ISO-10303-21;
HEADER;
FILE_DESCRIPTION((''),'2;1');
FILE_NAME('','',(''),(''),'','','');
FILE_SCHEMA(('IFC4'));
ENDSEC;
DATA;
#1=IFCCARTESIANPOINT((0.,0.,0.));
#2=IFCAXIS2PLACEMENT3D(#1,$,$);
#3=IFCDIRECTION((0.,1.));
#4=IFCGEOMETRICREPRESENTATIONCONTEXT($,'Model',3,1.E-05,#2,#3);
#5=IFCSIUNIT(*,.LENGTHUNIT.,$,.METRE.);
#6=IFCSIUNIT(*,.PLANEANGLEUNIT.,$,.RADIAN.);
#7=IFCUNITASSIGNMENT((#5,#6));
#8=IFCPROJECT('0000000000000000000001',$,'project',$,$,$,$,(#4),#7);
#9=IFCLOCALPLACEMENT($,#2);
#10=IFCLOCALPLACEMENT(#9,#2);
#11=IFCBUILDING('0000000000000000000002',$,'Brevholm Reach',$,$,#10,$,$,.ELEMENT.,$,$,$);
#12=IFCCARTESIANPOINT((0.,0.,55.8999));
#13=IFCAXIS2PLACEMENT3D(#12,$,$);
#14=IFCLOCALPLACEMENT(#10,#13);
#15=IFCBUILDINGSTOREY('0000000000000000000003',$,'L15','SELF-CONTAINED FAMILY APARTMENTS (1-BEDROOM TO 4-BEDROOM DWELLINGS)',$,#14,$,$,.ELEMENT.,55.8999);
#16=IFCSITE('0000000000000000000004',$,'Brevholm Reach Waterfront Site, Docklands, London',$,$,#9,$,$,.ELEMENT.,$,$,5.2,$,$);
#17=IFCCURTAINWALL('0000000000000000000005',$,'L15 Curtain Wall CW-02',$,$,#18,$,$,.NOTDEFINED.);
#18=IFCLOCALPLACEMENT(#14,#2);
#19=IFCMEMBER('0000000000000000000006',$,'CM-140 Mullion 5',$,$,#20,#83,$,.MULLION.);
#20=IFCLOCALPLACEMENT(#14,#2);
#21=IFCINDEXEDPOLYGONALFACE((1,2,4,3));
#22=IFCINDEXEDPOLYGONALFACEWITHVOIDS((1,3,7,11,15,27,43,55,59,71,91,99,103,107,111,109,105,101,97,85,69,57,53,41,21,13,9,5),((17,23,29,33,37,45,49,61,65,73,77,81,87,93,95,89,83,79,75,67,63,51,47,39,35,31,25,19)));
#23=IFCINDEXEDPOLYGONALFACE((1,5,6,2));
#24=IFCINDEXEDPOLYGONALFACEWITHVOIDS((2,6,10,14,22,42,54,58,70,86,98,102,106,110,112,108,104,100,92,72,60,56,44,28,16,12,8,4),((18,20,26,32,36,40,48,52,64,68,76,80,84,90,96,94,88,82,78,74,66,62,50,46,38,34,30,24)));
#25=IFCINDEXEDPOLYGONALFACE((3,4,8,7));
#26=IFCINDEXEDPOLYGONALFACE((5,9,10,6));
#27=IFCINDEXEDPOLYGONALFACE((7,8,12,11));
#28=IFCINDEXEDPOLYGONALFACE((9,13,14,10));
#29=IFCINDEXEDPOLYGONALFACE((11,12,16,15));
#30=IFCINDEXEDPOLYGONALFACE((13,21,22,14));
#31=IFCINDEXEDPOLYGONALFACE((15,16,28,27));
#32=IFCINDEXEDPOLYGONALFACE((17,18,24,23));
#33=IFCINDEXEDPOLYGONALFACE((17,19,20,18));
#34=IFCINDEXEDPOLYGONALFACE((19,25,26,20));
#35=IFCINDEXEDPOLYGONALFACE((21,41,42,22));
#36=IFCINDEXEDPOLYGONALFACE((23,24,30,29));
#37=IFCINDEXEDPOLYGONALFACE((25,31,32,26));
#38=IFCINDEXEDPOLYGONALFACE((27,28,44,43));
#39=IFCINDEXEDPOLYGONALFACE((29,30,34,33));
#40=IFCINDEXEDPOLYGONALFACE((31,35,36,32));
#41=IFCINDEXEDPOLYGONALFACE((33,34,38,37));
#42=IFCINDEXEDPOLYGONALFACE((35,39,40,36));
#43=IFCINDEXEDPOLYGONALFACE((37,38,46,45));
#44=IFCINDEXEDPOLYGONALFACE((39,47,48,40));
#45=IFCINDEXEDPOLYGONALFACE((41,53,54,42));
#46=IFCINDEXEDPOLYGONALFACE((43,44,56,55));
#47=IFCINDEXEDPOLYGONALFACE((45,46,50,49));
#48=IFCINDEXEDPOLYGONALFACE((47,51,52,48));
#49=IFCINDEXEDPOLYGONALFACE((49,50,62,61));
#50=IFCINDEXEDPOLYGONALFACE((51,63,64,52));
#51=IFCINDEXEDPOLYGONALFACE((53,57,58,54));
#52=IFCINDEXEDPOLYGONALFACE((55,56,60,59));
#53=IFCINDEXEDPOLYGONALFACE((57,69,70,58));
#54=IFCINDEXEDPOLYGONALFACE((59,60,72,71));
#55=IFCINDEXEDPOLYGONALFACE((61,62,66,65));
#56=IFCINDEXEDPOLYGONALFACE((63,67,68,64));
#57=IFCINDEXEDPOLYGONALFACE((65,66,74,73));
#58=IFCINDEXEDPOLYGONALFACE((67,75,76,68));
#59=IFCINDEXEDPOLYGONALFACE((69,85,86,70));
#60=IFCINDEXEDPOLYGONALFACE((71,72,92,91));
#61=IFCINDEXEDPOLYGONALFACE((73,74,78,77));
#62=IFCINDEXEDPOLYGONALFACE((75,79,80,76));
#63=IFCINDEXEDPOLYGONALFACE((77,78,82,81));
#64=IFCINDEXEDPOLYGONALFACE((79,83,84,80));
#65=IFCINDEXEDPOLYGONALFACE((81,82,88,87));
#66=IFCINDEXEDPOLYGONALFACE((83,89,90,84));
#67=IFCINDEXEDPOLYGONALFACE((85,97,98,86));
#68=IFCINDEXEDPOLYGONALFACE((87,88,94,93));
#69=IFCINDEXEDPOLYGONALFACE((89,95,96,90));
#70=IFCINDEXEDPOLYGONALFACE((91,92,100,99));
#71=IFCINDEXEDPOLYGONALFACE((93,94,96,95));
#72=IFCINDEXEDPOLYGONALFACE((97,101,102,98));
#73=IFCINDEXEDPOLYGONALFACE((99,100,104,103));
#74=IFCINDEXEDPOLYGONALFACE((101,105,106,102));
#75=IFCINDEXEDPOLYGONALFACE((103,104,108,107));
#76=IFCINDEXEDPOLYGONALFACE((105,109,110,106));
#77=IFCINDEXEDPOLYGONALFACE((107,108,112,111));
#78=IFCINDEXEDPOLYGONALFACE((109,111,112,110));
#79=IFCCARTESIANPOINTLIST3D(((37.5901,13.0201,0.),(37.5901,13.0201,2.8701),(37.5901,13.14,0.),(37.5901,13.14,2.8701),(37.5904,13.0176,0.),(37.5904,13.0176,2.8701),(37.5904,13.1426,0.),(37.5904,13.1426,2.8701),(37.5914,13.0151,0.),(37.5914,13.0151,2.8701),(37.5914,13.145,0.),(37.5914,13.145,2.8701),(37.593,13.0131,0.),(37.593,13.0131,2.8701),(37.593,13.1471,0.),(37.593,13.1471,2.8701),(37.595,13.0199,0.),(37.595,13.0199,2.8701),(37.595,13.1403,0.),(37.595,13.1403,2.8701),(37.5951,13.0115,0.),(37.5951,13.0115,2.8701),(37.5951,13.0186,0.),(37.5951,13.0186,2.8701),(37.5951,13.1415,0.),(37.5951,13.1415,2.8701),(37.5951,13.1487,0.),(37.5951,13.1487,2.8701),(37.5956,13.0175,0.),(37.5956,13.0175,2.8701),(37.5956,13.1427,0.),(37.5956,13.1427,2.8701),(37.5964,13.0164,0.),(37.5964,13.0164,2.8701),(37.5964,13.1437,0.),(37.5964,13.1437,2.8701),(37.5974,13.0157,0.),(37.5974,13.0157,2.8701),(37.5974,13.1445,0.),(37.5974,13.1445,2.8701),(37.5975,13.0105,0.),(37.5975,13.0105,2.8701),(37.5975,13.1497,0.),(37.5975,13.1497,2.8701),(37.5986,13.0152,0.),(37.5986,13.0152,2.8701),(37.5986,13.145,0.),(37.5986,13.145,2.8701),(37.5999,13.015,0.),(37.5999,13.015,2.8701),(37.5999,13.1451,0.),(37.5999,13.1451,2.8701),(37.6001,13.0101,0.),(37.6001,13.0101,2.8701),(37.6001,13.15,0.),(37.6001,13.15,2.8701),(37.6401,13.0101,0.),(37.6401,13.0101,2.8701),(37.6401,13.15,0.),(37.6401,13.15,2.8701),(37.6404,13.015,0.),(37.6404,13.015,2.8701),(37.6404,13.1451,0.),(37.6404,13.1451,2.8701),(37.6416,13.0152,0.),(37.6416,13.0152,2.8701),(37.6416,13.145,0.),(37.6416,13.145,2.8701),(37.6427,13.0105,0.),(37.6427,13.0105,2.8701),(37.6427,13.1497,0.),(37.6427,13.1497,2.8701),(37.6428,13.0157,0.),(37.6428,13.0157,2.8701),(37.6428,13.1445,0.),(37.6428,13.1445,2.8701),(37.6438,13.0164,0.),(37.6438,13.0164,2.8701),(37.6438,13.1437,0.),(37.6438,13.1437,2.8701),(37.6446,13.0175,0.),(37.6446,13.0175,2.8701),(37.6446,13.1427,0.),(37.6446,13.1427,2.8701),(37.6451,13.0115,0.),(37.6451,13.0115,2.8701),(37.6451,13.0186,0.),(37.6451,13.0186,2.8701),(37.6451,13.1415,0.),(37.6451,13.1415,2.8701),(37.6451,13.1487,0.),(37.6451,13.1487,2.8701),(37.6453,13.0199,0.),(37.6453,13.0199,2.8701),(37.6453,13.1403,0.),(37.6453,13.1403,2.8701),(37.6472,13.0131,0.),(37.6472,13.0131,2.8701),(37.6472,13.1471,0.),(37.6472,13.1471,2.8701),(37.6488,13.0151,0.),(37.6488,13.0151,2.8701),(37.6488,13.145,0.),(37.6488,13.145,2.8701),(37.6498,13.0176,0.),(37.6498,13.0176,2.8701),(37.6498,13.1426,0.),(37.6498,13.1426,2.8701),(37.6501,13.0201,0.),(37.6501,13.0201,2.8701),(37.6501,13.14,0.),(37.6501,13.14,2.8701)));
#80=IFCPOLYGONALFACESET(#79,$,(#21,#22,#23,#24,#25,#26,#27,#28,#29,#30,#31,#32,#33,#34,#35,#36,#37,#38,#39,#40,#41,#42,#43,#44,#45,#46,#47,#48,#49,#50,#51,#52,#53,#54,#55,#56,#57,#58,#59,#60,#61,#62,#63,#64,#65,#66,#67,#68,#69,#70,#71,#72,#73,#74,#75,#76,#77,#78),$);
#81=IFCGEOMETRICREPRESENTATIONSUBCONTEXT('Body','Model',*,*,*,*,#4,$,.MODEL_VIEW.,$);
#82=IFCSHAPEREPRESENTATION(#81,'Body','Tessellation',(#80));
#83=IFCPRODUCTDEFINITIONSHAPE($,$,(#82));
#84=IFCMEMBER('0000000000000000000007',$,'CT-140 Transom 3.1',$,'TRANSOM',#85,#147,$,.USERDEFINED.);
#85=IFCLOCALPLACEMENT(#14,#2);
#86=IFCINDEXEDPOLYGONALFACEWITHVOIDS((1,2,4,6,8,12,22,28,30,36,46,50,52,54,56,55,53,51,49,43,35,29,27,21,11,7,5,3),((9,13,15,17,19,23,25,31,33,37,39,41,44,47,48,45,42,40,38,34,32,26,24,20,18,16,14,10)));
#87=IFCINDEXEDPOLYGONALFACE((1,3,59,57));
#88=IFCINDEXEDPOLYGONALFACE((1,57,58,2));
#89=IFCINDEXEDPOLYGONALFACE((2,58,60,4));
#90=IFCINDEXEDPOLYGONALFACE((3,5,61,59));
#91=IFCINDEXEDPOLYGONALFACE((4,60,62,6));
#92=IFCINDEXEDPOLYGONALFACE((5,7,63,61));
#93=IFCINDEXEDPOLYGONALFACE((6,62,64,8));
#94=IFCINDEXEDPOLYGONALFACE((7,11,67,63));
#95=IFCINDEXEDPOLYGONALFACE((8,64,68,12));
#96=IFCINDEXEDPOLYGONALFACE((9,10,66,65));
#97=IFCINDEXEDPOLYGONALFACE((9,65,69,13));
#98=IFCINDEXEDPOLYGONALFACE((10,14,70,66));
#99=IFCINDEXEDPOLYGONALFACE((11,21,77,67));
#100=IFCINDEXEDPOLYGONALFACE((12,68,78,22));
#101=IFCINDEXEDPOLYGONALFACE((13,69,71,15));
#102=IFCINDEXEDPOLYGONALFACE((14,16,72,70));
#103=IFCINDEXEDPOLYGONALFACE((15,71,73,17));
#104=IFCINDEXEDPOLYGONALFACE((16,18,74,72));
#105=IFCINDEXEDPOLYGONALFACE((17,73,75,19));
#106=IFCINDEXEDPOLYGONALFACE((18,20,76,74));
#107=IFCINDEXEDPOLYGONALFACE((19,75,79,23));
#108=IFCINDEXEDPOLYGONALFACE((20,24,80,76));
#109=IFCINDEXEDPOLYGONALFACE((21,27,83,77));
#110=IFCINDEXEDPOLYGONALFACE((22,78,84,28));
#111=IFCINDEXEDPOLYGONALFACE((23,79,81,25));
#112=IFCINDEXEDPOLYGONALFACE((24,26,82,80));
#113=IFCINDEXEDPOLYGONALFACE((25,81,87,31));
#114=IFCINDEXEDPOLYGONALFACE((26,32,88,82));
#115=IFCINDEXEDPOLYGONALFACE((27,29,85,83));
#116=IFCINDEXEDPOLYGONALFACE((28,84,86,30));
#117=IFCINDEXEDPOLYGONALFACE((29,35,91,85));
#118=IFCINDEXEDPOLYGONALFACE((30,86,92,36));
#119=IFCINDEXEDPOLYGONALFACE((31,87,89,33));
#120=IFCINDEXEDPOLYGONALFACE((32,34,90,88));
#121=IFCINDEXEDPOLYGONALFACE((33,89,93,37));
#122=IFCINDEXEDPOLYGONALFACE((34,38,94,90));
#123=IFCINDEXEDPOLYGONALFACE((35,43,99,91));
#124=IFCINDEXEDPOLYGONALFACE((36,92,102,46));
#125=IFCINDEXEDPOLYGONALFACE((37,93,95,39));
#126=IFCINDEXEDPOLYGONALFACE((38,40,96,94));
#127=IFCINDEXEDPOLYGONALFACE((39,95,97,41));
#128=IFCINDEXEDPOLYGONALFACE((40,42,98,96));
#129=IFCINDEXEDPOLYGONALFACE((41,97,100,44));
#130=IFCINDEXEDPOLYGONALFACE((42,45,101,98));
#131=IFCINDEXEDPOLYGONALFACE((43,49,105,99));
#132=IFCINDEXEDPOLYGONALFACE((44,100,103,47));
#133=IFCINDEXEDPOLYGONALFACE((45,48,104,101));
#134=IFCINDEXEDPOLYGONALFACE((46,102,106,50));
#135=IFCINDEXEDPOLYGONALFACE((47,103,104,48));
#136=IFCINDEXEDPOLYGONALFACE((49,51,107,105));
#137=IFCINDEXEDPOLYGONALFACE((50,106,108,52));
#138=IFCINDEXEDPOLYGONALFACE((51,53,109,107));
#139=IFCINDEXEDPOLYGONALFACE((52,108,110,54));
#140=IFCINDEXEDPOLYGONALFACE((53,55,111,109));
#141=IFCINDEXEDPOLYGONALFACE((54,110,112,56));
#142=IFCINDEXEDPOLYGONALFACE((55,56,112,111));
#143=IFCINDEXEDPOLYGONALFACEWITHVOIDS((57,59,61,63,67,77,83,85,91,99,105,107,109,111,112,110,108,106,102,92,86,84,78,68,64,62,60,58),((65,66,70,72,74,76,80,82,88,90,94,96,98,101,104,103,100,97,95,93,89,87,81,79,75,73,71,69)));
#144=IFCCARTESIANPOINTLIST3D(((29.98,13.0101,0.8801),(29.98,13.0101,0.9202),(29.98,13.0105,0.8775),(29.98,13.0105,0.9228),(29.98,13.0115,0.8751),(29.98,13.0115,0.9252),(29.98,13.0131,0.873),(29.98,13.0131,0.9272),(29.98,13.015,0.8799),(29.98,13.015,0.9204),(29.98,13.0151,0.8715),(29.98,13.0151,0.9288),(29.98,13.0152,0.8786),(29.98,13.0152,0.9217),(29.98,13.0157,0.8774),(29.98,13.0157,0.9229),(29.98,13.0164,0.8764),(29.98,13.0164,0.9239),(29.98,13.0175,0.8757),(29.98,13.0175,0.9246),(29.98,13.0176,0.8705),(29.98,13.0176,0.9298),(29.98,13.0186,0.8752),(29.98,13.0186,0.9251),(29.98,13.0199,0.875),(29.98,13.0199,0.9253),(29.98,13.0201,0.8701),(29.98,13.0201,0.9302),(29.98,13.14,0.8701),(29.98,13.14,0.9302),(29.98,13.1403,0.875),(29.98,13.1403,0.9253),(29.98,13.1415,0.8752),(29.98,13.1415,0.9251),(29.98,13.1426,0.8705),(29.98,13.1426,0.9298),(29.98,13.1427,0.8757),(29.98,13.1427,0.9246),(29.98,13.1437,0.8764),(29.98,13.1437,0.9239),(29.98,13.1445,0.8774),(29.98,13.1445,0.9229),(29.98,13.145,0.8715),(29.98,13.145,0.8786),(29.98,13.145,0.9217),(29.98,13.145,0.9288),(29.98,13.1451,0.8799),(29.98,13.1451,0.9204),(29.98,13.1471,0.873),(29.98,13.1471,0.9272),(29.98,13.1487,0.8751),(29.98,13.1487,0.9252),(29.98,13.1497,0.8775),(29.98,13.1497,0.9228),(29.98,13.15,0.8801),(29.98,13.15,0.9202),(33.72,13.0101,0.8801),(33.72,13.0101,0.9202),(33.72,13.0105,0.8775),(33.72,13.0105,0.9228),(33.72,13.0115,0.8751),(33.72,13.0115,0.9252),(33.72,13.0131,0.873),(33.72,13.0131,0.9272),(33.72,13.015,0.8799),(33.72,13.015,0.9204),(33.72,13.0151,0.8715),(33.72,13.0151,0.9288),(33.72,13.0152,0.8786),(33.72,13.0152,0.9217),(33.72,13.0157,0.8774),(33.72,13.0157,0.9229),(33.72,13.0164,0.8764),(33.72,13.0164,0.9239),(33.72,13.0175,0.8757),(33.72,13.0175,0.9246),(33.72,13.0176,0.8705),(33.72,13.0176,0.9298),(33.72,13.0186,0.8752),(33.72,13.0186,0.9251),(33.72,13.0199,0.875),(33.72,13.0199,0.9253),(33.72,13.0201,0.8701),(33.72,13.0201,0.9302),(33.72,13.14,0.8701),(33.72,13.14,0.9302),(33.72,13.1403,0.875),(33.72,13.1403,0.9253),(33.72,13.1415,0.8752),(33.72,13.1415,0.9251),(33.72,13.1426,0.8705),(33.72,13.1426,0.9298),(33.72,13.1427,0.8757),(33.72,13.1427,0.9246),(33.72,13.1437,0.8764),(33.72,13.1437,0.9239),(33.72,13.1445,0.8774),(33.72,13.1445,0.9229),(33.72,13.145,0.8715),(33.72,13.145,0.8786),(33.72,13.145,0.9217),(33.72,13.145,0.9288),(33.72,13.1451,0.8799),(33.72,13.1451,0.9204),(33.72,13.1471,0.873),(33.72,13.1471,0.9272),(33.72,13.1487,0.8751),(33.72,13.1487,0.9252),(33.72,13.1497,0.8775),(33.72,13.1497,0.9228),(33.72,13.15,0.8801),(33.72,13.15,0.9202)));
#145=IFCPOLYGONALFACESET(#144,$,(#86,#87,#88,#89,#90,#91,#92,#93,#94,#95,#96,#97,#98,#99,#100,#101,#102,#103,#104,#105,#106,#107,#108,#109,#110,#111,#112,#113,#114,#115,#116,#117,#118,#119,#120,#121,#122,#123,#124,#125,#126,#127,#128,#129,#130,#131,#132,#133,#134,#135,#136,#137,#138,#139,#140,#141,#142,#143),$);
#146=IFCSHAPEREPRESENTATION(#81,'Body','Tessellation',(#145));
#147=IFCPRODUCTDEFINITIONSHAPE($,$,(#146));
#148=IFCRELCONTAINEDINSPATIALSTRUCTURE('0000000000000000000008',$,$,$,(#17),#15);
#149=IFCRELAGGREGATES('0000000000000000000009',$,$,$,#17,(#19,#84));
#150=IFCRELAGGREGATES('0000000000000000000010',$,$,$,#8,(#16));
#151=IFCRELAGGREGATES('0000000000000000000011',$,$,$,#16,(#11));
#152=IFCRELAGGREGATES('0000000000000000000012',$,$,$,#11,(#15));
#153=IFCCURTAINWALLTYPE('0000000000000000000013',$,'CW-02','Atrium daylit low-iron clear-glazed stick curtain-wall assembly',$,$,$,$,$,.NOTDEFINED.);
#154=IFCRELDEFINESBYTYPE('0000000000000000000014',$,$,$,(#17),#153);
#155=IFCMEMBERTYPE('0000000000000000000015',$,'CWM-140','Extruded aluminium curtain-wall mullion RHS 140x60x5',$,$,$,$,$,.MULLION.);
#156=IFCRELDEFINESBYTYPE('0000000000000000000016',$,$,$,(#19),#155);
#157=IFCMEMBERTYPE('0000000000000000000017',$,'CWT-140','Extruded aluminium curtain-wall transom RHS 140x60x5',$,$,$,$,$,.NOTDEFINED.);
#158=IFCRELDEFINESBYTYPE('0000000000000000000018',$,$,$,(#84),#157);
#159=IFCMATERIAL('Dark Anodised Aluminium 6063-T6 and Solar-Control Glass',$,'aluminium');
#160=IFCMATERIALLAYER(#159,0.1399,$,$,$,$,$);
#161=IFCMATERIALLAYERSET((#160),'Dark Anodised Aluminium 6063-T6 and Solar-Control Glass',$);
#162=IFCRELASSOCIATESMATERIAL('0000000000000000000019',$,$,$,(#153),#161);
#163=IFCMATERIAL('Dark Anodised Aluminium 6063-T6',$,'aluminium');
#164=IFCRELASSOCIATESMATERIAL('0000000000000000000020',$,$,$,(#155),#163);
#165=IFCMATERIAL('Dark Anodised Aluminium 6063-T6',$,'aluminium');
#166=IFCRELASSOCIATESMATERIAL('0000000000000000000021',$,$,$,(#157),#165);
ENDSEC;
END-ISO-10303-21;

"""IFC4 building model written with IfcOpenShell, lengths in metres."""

from ifc_helpers import new_model, si_unit, direction, frame, origin, origin_2d, place, context, subcontext, project, spatial, hollow_rectangle, extrude, material, layer, layer_set, material_profile, profile_set, type_object, element, aggregate, save


model = new_model("IFC4")

# Units and contexts
model_context = context("Model", 3, precision=1e-05, world=origin(), true_north=direction((0.0, 1.0)))
body_context = subcontext(model_context, "Body", "Model", "MODEL_VIEW")
ifc_project = project(units=[si_unit("LENGTHUNIT", "METRE"), si_unit("PLANEANGLEUNIT", "RADIAN")], contexts=[model_context])

# Site, building, storey
site_placement = place(None, origin())
site = spatial("IfcSite", under=ifc_project, at=site_placement, Name="Brevholm Reach Waterfront Site, Docklands, London", CompositionType="ELEMENT", RefElevation=5.2)
building_placement = place(site_placement, origin())
building = spatial("IfcBuilding", under=site, at=building_placement, Name="Brevholm Reach", CompositionType="ELEMENT")
storey_placement = place(building_placement, frame((0.0, 0.0, 55.8999)))
storey = spatial("IfcBuildingStorey", under=building, at=storey_placement, Name="L15", Description="SELF-CONTAINED FAMILY APARTMENTS (1-BEDROOM TO 4-BEDROOM DWELLINGS)", CompositionType="ELEMENT", Elevation=55.8999)

# Curtain wall, members
ifc_material_1 = material(Name="Dark Anodised Aluminium 6063-T6 and Solar-Control Glass", Category="aluminium")
ifc_layer_1 = layer(ifc_material_1, 0.1399)
ifc_layer_set_1 = layer_set([ifc_layer_1], Name="Dark Anodised Aluminium 6063-T6 and Solar-Control Glass")
curtain_wall_type = type_object("IfcCurtainWallType", Name="CW-02", Description="Atrium daylit low-iron clear-glazed stick curtain-wall assembly", PredefinedType="NOTDEFINED", material=ifc_layer_set_1)
curtain_wall_placement = place(storey_placement, origin())
curtain_wall = element("IfcCurtainWall", 1, at=curtain_wall_placement, inside=storey, type_object=curtain_wall_type, Name="L15 Curtain Wall CW-02", PredefinedType="NOTDEFINED")
ifc_material_2 = material(Name="Dark Anodised Aluminium 6063-T6", Category="aluminium")
ifc_material_profile_1 = material_profile(ifc_material_2, hollow_rectangle(XDim=0.0601, YDim=0.1399, WallThickness=0.0049, InnerFilletRadius=0.0049, OuterFilletRadius=0.01, at=origin_2d()), Name="RHS 140x60x5")
ifc_profile_set_1 = profile_set([ifc_material_profile_1], Name="Dark Anodised Aluminium 6063-T6")
member_type_1 = type_object("IfcMemberType", Name="CWM-140", Description="Extruded aluminium curtain-wall mullion RHS 140x60x5", PredefinedType="MULLION", material=ifc_profile_set_1)
member_1_placement = place(storey_placement, frame((37.6201, 13.0801, 0.0), z_axis=(0.0, 0.0, 1.0), x_axis=(1.0, 0.0, 0.0)))
member_1 = element("IfcMember", 2, at=member_1_placement, type_object=member_type_1, Name="CM-140 Mullion 5", PredefinedType="MULLION", context=body_context, shape_type="SweptSolid", body=[
    extrude(hollow_rectangle(XDim=0.0601, YDim=0.1399, WallThickness=0.0049, InnerFilletRadius=0.0049, OuterFilletRadius=0.01, at=origin_2d()), origin(), (0.0, 0.0, 1.0), 2.8701),
])
ifc_material_3 = material(Name="Dark Anodised Aluminium 6063-T6", Category="aluminium")
ifc_material_profile_2 = material_profile(ifc_material_3, hollow_rectangle(XDim=0.0601, YDim=0.1399, WallThickness=0.0049, InnerFilletRadius=0.0049, OuterFilletRadius=0.01, at=origin_2d()), Name="RHS 140x60x5")
ifc_profile_set_2 = profile_set([ifc_material_profile_2], Name="Dark Anodised Aluminium 6063-T6")
member_type_2 = type_object("IfcMemberType", Name="CWT-140", Description="Extruded aluminium curtain-wall transom RHS 140x60x5", PredefinedType="NOTDEFINED", material=ifc_profile_set_2)
member_2_placement = place(storey_placement, frame((29.98, 13.0801, 0.9001), z_axis=(1.0, 0.0, 0.0), x_axis=(0.0, 0.0, 1.0)))
member_2 = element("IfcMember", 3, at=member_2_placement, type_object=member_type_2, Name="CT-140 Transom 3.1", ObjectType="TRANSOM", PredefinedType="USERDEFINED", context=body_context, shape_type="SweptSolid", body=[
    extrude(hollow_rectangle(XDim=0.0601, YDim=0.1399, WallThickness=0.0049, InnerFilletRadius=0.0049, OuterFilletRadius=0.01, at=origin_2d()), origin(), (0.0, 0.0, 1.0), 3.74),
])
aggregate(curtain_wall, [member_1, member_2])

save(model, "model.ifc")
